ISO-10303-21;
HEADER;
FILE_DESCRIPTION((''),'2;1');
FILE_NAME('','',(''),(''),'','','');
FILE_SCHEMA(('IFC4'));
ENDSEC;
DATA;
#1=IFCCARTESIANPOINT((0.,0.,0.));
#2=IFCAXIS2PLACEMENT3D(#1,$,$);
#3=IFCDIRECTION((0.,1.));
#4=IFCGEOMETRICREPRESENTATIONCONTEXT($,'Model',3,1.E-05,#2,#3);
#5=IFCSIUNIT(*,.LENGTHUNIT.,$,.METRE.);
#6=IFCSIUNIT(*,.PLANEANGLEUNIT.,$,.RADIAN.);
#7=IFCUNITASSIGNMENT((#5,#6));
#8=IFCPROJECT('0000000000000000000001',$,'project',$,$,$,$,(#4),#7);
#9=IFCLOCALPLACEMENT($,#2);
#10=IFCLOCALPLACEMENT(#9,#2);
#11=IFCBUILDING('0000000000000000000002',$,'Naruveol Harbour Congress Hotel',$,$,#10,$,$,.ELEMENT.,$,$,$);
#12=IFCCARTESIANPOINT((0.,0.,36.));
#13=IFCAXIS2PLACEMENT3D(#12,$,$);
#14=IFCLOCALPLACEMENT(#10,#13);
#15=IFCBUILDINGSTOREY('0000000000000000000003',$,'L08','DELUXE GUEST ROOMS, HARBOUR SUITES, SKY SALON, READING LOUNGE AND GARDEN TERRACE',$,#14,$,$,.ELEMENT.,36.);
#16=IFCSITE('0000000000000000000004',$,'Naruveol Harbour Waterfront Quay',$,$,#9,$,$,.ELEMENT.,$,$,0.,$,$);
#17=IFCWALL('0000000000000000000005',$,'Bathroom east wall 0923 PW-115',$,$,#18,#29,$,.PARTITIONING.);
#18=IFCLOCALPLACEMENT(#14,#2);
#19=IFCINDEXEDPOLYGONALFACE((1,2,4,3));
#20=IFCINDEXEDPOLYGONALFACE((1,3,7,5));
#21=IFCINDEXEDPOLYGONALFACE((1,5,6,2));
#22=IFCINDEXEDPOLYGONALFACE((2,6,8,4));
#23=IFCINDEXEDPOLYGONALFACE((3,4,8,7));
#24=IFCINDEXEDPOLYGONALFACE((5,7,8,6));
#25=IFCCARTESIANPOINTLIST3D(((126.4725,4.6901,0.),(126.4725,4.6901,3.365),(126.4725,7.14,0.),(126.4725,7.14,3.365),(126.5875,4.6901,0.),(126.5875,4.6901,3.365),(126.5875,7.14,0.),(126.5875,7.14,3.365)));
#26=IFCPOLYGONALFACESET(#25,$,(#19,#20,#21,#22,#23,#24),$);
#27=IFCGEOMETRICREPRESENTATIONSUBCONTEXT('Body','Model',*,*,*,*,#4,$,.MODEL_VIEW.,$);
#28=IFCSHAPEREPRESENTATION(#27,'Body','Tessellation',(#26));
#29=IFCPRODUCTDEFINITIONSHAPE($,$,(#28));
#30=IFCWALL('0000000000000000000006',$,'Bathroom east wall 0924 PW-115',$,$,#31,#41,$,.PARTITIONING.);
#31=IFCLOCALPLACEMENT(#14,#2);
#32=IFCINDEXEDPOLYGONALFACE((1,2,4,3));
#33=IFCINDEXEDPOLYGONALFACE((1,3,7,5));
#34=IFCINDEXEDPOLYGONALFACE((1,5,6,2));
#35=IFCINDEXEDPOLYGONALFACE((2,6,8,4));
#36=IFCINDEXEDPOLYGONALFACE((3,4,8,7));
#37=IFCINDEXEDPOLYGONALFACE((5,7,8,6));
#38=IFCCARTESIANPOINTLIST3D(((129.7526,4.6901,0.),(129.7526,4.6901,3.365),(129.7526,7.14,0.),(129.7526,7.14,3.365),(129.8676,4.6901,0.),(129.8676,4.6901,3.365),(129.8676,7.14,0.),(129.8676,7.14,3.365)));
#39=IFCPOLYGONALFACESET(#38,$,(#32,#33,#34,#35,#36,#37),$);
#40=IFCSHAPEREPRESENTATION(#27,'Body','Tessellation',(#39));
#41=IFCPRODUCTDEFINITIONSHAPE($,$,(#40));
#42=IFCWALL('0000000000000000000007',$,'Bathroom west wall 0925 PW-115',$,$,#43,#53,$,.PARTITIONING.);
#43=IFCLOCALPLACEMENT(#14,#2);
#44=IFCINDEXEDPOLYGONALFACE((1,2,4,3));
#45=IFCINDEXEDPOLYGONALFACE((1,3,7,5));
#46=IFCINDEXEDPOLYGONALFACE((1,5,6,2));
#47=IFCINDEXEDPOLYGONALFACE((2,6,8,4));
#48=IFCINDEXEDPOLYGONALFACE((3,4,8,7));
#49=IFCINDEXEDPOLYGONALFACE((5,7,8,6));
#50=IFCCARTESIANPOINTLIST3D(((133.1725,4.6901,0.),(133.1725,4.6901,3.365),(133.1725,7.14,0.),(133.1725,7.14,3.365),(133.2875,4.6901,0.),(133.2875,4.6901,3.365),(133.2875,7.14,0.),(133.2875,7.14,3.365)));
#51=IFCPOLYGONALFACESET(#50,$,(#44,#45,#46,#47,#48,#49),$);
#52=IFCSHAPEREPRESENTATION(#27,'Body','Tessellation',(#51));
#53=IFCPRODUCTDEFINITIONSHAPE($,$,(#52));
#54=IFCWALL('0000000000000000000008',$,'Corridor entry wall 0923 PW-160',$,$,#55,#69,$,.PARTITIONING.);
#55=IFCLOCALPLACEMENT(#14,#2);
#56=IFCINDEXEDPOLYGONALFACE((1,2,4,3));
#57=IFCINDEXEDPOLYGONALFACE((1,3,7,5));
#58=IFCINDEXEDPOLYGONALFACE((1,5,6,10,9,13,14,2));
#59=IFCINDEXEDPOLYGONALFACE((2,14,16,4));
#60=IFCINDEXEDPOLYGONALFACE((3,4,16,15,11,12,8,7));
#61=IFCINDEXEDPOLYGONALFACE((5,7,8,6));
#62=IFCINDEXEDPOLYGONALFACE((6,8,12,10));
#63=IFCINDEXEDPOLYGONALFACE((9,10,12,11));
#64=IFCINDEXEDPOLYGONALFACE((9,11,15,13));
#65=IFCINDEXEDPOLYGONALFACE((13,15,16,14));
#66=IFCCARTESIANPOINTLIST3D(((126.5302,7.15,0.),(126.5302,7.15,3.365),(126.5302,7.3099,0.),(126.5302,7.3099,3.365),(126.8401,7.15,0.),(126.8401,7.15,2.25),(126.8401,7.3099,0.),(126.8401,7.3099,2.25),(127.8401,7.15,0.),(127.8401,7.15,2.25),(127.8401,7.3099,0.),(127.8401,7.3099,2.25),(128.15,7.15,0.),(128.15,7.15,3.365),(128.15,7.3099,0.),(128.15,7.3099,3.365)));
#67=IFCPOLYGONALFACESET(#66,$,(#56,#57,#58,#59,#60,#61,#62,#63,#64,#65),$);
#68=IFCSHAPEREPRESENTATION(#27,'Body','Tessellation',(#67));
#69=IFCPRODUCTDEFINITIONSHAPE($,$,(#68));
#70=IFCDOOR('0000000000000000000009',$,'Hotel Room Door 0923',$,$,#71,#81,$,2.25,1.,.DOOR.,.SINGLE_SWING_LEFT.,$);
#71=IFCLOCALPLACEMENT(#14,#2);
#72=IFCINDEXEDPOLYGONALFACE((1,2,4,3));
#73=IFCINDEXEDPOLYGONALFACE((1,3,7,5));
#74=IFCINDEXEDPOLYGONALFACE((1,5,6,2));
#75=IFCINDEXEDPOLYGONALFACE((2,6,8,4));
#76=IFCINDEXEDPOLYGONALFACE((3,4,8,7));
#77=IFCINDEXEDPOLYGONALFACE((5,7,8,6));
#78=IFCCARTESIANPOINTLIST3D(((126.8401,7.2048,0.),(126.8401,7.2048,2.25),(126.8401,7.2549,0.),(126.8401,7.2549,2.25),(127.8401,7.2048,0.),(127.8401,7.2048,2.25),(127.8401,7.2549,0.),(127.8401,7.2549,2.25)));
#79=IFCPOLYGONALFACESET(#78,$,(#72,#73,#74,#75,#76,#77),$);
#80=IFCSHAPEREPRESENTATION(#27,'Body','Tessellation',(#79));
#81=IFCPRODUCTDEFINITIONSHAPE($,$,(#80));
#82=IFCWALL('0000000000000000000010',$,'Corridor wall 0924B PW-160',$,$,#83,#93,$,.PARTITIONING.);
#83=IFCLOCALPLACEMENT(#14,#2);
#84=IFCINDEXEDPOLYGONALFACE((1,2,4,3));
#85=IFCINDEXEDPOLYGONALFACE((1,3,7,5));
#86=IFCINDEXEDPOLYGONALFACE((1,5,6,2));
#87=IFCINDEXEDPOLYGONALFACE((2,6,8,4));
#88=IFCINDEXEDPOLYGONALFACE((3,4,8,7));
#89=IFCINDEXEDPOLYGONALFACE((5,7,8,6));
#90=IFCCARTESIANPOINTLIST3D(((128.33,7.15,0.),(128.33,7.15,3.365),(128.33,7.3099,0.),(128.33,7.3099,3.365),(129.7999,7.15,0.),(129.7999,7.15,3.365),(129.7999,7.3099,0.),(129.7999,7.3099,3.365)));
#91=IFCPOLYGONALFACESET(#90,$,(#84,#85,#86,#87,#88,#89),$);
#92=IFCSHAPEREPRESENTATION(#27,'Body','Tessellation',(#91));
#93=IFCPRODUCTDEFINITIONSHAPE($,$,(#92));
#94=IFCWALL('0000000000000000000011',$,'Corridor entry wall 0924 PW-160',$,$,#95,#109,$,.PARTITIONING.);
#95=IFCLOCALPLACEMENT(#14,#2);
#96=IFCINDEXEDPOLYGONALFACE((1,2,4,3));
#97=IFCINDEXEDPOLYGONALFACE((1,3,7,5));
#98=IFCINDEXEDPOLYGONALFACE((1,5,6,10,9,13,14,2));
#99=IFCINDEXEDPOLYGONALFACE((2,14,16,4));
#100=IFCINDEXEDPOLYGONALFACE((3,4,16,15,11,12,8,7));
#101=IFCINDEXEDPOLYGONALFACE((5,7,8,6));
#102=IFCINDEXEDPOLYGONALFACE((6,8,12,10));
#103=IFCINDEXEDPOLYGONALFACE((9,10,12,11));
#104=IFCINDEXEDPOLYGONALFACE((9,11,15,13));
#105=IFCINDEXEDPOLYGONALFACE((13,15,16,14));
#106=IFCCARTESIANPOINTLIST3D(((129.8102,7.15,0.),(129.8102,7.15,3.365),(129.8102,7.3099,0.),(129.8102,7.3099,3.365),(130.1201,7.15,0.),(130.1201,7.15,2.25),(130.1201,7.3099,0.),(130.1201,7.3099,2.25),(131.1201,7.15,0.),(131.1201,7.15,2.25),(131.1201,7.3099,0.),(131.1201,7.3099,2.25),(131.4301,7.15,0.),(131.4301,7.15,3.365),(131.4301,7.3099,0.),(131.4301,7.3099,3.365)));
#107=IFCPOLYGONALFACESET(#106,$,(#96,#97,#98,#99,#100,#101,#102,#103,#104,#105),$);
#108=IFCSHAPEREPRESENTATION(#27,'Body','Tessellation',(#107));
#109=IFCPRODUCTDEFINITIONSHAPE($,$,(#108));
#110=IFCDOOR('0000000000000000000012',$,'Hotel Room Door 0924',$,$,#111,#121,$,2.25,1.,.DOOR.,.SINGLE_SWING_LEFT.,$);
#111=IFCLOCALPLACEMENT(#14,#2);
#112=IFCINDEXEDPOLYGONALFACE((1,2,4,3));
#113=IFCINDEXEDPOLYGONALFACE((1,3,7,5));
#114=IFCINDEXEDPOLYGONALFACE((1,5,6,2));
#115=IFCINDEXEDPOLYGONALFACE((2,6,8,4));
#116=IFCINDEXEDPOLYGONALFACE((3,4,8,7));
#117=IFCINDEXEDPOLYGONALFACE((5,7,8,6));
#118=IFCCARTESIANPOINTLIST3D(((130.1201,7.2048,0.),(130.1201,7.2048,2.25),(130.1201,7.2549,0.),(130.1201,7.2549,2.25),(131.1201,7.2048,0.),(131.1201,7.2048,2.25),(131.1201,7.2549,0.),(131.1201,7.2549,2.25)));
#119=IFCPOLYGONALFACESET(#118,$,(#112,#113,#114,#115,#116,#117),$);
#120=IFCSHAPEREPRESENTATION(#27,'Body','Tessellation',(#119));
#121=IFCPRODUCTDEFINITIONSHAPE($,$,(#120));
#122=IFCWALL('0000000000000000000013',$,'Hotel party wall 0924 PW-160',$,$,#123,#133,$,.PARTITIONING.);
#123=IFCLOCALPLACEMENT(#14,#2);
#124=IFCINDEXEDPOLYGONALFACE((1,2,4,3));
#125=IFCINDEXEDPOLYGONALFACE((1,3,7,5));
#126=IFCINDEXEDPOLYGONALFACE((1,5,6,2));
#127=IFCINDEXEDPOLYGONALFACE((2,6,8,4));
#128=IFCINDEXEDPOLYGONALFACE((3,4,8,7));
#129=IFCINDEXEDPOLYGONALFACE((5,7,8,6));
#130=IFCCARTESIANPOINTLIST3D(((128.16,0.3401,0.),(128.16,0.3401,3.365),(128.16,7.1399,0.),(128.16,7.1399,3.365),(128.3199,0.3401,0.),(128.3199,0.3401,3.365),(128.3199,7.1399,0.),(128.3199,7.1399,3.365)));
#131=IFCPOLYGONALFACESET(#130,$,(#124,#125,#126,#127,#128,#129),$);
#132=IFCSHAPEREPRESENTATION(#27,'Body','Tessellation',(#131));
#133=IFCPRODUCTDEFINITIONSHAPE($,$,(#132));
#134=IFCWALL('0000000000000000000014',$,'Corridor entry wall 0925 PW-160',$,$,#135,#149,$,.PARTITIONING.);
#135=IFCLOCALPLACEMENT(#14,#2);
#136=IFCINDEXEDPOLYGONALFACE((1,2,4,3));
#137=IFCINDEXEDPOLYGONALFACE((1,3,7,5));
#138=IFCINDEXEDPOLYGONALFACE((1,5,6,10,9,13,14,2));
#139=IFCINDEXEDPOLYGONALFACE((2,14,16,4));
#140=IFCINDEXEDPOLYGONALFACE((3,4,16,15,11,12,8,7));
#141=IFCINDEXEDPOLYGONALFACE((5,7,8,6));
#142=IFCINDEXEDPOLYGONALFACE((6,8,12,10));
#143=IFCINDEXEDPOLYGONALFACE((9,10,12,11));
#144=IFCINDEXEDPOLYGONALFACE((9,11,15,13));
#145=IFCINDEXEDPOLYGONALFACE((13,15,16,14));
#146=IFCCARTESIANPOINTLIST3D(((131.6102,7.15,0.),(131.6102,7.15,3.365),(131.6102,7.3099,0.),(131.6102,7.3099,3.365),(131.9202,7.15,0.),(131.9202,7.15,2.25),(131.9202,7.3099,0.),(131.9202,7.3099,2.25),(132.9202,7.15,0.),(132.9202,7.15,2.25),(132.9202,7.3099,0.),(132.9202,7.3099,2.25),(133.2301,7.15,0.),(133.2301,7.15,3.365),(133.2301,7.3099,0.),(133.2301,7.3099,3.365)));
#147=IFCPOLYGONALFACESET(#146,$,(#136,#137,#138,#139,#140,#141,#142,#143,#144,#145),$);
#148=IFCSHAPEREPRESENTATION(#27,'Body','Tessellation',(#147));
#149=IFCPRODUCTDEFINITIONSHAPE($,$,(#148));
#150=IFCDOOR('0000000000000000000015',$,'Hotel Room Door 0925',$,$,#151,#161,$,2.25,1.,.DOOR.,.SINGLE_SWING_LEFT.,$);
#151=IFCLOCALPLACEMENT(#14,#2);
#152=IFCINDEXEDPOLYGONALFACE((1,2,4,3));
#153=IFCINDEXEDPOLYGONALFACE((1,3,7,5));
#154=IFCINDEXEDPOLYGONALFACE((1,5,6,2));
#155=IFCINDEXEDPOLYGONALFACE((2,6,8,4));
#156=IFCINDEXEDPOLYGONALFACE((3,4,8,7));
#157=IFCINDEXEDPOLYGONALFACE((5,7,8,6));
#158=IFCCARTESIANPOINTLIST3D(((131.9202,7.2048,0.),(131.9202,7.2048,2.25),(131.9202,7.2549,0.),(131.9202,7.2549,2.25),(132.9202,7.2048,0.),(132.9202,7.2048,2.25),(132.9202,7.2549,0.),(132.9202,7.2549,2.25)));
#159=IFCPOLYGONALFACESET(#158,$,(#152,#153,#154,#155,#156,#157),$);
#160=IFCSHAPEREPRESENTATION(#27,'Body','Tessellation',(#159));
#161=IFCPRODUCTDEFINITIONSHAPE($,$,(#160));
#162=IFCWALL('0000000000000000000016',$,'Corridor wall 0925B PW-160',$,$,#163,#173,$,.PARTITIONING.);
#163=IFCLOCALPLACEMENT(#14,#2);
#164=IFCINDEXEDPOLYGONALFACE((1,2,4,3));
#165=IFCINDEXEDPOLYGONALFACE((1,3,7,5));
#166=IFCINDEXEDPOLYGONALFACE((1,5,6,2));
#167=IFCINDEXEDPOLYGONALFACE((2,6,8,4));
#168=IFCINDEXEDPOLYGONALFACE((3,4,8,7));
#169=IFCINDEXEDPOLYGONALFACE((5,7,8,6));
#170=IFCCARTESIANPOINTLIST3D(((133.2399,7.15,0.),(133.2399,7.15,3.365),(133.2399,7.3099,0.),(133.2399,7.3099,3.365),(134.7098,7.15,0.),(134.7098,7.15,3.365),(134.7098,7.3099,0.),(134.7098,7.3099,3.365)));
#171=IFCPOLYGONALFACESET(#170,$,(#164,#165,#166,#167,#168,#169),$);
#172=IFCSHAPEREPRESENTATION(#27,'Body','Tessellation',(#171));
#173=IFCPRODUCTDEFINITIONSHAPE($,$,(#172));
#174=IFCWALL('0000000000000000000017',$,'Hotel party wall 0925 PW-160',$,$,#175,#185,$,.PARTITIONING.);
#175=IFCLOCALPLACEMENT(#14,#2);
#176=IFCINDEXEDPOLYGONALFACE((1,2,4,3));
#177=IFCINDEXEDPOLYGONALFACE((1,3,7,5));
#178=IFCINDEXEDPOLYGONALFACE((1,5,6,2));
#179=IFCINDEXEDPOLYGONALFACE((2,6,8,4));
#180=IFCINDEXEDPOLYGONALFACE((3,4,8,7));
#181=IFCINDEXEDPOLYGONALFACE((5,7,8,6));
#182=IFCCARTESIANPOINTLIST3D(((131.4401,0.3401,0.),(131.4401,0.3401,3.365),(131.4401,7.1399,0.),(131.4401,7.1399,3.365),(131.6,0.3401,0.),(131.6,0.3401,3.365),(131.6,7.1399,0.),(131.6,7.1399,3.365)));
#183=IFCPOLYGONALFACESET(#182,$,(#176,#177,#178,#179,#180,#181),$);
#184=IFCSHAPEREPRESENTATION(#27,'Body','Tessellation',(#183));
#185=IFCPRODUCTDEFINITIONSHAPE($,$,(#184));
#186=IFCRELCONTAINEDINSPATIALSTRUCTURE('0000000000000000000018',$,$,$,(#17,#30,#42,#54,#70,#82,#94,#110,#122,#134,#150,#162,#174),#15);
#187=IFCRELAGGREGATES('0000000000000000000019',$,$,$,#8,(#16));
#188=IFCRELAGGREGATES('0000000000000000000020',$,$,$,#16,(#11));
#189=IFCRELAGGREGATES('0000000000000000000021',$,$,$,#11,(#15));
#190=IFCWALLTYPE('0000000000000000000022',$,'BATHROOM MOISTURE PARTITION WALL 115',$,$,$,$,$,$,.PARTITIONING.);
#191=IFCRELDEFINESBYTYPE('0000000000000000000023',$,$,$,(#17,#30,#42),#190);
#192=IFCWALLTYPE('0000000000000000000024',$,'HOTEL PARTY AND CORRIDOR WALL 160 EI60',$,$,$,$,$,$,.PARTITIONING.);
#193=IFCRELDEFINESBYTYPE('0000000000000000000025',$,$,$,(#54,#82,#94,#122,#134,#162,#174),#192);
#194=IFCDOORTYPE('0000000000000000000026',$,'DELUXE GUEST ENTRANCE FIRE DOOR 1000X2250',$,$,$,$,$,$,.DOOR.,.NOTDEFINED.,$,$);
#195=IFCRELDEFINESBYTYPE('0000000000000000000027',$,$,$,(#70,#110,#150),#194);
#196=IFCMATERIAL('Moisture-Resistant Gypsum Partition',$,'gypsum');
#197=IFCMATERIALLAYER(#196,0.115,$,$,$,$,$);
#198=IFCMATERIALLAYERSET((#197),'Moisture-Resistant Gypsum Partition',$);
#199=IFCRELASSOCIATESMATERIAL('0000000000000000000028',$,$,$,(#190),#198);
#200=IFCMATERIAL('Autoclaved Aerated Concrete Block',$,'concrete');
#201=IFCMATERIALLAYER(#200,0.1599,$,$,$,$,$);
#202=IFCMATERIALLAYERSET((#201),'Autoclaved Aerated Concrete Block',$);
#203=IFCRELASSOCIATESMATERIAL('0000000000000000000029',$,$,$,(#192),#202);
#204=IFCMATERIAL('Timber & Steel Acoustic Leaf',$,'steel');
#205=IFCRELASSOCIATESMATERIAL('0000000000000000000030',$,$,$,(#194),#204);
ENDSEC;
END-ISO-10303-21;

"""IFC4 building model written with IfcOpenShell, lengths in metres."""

from ifc_helpers import new_model, si_unit, direction, frame, frame_2d, origin, place, context, subcontext, project, spatial, rectangle, extrude, material, layer, layer_set, type_object, element, fill, save


model = new_model("IFC4")

# Units and contexts
model_context = context("Model", 3, precision=1e-05, world=origin(), true_north=direction((0.0, 1.0)))
body_context = subcontext(model_context, "Body", "Model", "MODEL_VIEW")
ifc_project = project(units=[si_unit("LENGTHUNIT", "METRE"), si_unit("PLANEANGLEUNIT", "RADIAN")], contexts=[model_context])

# Site, building, storey
site_placement = place(None, origin())
site = spatial("IfcSite", under=ifc_project, at=site_placement, Name="Naruveol Harbour Waterfront Quay", CompositionType="ELEMENT", RefElevation=0.0)
building_placement = place(site_placement, origin())
building = spatial("IfcBuilding", under=site, at=building_placement, Name="Naruveol Harbour Congress Hotel", CompositionType="ELEMENT")
storey_placement = place(building_placement, frame((0.0, 0.0, 36.0)))
storey = spatial("IfcBuildingStorey", under=building, at=storey_placement, Name="L08", Description="DELUXE GUEST ROOMS, HARBOUR SUITES, SKY SALON, READING LOUNGE AND GARDEN TERRACE", CompositionType="ELEMENT", Elevation=36.0)

# Walls
ifc_material_1 = material(Name="Moisture-Resistant Gypsum Partition", Category="gypsum")
ifc_layer_1 = layer(ifc_material_1, 0.115)
ifc_layer_set_1 = layer_set([ifc_layer_1], Name="Moisture-Resistant Gypsum Partition")
wall_type_1 = type_object("IfcWallType", Name="BATHROOM MOISTURE PARTITION WALL 115", PredefinedType="PARTITIONING", material=ifc_layer_set_1)
for number, where, z_axis, x_axis, name in (
    (1, (126.53, 4.6899, 0.0), (0.0, 0.0, 1.0), (0.0, 1.0, 0.0), "Bathroom east wall 0923 PW-115"),
    (2, (129.8101, 4.6899, 0.0), (0.0, 0.0, 1.0), (0.0, 1.0, 0.0), "Bathroom east wall 0924 PW-115"),
):
    element("IfcWall", number, at=place(storey_placement, frame(where, z_axis=z_axis, x_axis=x_axis)), inside=storey, type_object=wall_type_1, Name=name, PredefinedType="PARTITIONING", context=body_context, shape_type="SweptSolid", body=[
        extrude(rectangle(XDim=2.45, YDim=0.115, at=frame_2d((1.2251, 0.0))), origin(), (0.0, 0.0, 1.0), 3.365),
    ])

# Wall
wall_1_placement = place(storey_placement, frame((133.23, 4.6899, 0.0), z_axis=(0.0, 0.0, 1.0), x_axis=(0.0, 1.0, 0.0)))
element("IfcWall", 3, at=wall_1_placement, inside=storey, type_object=wall_type_1, Name="Bathroom west wall 0925 PW-115", PredefinedType="PARTITIONING", context=body_context, shape_type="SweptSolid", body=[
    extrude(rectangle(XDim=2.45, YDim=0.115, at=frame_2d((1.2251, 0.0))), origin(), (0.0, 0.0, 1.0), 3.365),
])

# Wall, opening, door
ifc_material_2 = material(Name="Autoclaved Aerated Concrete Block", Category="concrete")
ifc_layer_2 = layer(ifc_material_2, 0.1599)
ifc_layer_set_2 = layer_set([ifc_layer_2], Name="Autoclaved Aerated Concrete Block")
wall_type_2 = type_object("IfcWallType", Name="HOTEL PARTY AND CORRIDOR WALL 160 EI60", PredefinedType="PARTITIONING", material=ifc_layer_set_2)
wall_2_placement = place(storey_placement, frame((126.53, 7.23, 0.0), z_axis=(0.0, 0.0, 1.0), x_axis=(1.0, 0.0, 0.0)))
wall_2 = element("IfcWall", 4, at=wall_2_placement, inside=storey, type_object=wall_type_2, Name="Corridor entry wall 0923 PW-160", PredefinedType="PARTITIONING", context=body_context, shape_type="SweptSolid", body=[
    extrude(rectangle(XDim=1.6199, YDim=0.1599, at=frame_2d((0.8101, 0.0))), origin(), (0.0, 0.0, 1.0), 3.365),
])
opening_1_placement = place(wall_2_placement, frame((0.3101, 0.0, 0.0)))
opening_1 = element("IfcOpeningElement", 5, at=opening_1_placement, cuts=wall_2, PredefinedType="OPENING", context=body_context, shape_type="SweptSolid", body=[
    extrude(rectangle(XDim=1.0, YDim=2.25, at=frame_2d((0.5, 1.125))), frame((0.0, 0.0898, 0.0), z_axis=(0.0, -1.0, 0.0), x_axis=(1.0, 0.0, 0.0)), (0.0, 0.0, 1.0), 0.1799),
])
ifc_material_3 = material(Name="Timber & Steel Acoustic Leaf", Category="steel")
door_type_1 = type_object("IfcDoorType", Name="DELUXE GUEST ENTRANCE FIRE DOOR 1000X2250", OperationType="NOTDEFINED", PredefinedType="DOOR", material=ifc_material_3)
door_1_placement = place(opening_1_placement, origin())
door_1 = element("IfcDoor", 6, at=door_1_placement, inside=storey, type_object=door_type_1, Name="Hotel Room Door 0923", OperationType="SINGLE_SWING_LEFT", OverallHeight=2.25, OverallWidth=1.0, PredefinedType="DOOR", context=body_context, shape_type="SweptSolid", body=[
    extrude(rectangle(XDim=1.0, YDim=2.25, at=frame_2d((0.5, 1.125))), frame((0.0, 0.0249, 0.0), z_axis=(0.0, -1.0, 0.0), x_axis=(1.0, 0.0, 0.0)), (0.0, 0.0, 1.0), 0.05),
])
fill(opening_1, door_1)

# Wall
wall_3_placement = place(storey_placement, frame((128.3301, 7.23, 0.0), z_axis=(0.0, 0.0, 1.0), x_axis=(1.0, 0.0, 0.0)))
element("IfcWall", 7, at=wall_3_placement, inside=storey, type_object=wall_type_2, Name="Corridor wall 0924B PW-160", PredefinedType="PARTITIONING", context=body_context, shape_type="SweptSolid", body=[
    extrude(rectangle(XDim=1.47, YDim=0.1599, at=frame_2d((0.7349, 0.0))), origin(), (0.0, 0.0, 1.0), 3.365),
])

# Wall, opening, door
wall_4_placement = place(storey_placement, frame((129.8101, 7.23, 0.0), z_axis=(0.0, 0.0, 1.0), x_axis=(1.0, 0.0, 0.0)))
wall_4 = element("IfcWall", 8, at=wall_4_placement, inside=storey, type_object=wall_type_2, Name="Corridor entry wall 0924 PW-160", PredefinedType="PARTITIONING", context=body_context, shape_type="SweptSolid", body=[
    extrude(rectangle(XDim=1.6199, YDim=0.1599, at=frame_2d((0.8101, 0.0))), origin(), (0.0, 0.0, 1.0), 3.365),
])
opening_2_placement = place(wall_4_placement, frame((0.3101, 0.0, 0.0)))
opening_2 = element("IfcOpeningElement", 9, at=opening_2_placement, cuts=wall_4, PredefinedType="OPENING", context=body_context, shape_type="SweptSolid", body=[
    extrude(rectangle(XDim=1.0, YDim=2.25, at=frame_2d((0.5, 1.125))), frame((0.0, 0.0898, 0.0), z_axis=(0.0, -1.0, 0.0), x_axis=(1.0, 0.0, 0.0)), (0.0, 0.0, 1.0), 0.1799),
])
door_2_placement = place(opening_2_placement, origin())
door_2 = element("IfcDoor", 10, at=door_2_placement, inside=storey, type_object=door_type_1, Name="Hotel Room Door 0924", OperationType="SINGLE_SWING_LEFT", OverallHeight=2.25, OverallWidth=1.0, PredefinedType="DOOR", context=body_context, shape_type="SweptSolid", body=[
    extrude(rectangle(XDim=1.0, YDim=2.25, at=frame_2d((0.5, 1.125))), frame((0.0, 0.0249, 0.0), z_axis=(0.0, -1.0, 0.0), x_axis=(1.0, 0.0, 0.0)), (0.0, 0.0, 1.0), 0.05),
])
fill(opening_2, door_2)

# Wall
wall_5_placement = place(storey_placement, frame((128.24, 0.3401, 0.0), z_axis=(0.0, 0.0, 1.0), x_axis=(0.0, 1.0, 0.0)))
element("IfcWall", 11, at=wall_5_placement, inside=storey, type_object=wall_type_2, Name="Hotel party wall 0924 PW-160", PredefinedType="PARTITIONING", context=body_context, shape_type="SweptSolid", body=[
    extrude(rectangle(XDim=6.7998, YDim=0.1599, at=frame_2d((3.3999, 0.0))), origin(), (0.0, 0.0, 1.0), 3.365),
])

# Wall, opening, door
wall_6_placement = place(storey_placement, frame((131.6101, 7.23, 0.0), z_axis=(0.0, 0.0, 1.0), x_axis=(1.0, 0.0, 0.0)))
wall_6 = element("IfcWall", 12, at=wall_6_placement, inside=storey, type_object=wall_type_2, Name="Corridor entry wall 0925 PW-160", PredefinedType="PARTITIONING", context=body_context, shape_type="SweptSolid", body=[
    extrude(rectangle(XDim=1.6199, YDim=0.1599, at=frame_2d((0.8101, 0.0))), origin(), (0.0, 0.0, 1.0), 3.365),
])
opening_3_placement = place(wall_6_placement, frame((0.3101, 0.0, 0.0)))
opening_3 = element("IfcOpeningElement", 13, at=opening_3_placement, cuts=wall_6, PredefinedType="OPENING", context=body_context, shape_type="SweptSolid", body=[
    extrude(rectangle(XDim=1.0, YDim=2.25, at=frame_2d((0.5, 1.125))), frame((0.0, 0.0898, 0.0), z_axis=(0.0, -1.0, 0.0), x_axis=(1.0, 0.0, 0.0)), (0.0, 0.0, 1.0), 0.1799),
])
door_3_placement = place(opening_3_placement, origin())
door_3 = element("IfcDoor", 14, at=door_3_placement, inside=storey, type_object=door_type_1, Name="Hotel Room Door 0925", OperationType="SINGLE_SWING_LEFT", OverallHeight=2.25, OverallWidth=1.0, PredefinedType="DOOR", context=body_context, shape_type="SweptSolid", body=[
    extrude(rectangle(XDim=1.0, YDim=2.25, at=frame_2d((0.5, 1.125))), frame((0.0, 0.0249, 0.0), z_axis=(0.0, -1.0, 0.0), x_axis=(1.0, 0.0, 0.0)), (0.0, 0.0, 1.0), 0.05),
])
fill(opening_3, door_3)

# Walls
wall_7_placement = place(storey_placement, frame((133.24, 7.23, 0.0), z_axis=(0.0, 0.0, 1.0), x_axis=(1.0, 0.0, 0.0)))
element("IfcWall", 15, at=wall_7_placement, inside=storey, type_object=wall_type_2, Name="Corridor wall 0925B PW-160", PredefinedType="PARTITIONING", context=body_context, shape_type="SweptSolid", body=[
    extrude(rectangle(XDim=1.47, YDim=0.1599, at=frame_2d((0.7349, 0.0))), origin(), (0.0, 0.0, 1.0), 3.365),
])
wall_8_placement = place(storey_placement, frame((131.52, 0.3401, 0.0), z_axis=(0.0, 0.0, 1.0), x_axis=(0.0, 1.0, 0.0)))
element("IfcWall", 16, at=wall_8_placement, inside=storey, type_object=wall_type_2, Name="Hotel party wall 0925 PW-160", PredefinedType="PARTITIONING", context=body_context, shape_type="SweptSolid", body=[
    extrude(rectangle(XDim=6.7998, YDim=0.1599, at=frame_2d((3.3999, 0.0))), origin(), (0.0, 0.0, 1.0), 3.365),
])

save(model, "model.ifc")
